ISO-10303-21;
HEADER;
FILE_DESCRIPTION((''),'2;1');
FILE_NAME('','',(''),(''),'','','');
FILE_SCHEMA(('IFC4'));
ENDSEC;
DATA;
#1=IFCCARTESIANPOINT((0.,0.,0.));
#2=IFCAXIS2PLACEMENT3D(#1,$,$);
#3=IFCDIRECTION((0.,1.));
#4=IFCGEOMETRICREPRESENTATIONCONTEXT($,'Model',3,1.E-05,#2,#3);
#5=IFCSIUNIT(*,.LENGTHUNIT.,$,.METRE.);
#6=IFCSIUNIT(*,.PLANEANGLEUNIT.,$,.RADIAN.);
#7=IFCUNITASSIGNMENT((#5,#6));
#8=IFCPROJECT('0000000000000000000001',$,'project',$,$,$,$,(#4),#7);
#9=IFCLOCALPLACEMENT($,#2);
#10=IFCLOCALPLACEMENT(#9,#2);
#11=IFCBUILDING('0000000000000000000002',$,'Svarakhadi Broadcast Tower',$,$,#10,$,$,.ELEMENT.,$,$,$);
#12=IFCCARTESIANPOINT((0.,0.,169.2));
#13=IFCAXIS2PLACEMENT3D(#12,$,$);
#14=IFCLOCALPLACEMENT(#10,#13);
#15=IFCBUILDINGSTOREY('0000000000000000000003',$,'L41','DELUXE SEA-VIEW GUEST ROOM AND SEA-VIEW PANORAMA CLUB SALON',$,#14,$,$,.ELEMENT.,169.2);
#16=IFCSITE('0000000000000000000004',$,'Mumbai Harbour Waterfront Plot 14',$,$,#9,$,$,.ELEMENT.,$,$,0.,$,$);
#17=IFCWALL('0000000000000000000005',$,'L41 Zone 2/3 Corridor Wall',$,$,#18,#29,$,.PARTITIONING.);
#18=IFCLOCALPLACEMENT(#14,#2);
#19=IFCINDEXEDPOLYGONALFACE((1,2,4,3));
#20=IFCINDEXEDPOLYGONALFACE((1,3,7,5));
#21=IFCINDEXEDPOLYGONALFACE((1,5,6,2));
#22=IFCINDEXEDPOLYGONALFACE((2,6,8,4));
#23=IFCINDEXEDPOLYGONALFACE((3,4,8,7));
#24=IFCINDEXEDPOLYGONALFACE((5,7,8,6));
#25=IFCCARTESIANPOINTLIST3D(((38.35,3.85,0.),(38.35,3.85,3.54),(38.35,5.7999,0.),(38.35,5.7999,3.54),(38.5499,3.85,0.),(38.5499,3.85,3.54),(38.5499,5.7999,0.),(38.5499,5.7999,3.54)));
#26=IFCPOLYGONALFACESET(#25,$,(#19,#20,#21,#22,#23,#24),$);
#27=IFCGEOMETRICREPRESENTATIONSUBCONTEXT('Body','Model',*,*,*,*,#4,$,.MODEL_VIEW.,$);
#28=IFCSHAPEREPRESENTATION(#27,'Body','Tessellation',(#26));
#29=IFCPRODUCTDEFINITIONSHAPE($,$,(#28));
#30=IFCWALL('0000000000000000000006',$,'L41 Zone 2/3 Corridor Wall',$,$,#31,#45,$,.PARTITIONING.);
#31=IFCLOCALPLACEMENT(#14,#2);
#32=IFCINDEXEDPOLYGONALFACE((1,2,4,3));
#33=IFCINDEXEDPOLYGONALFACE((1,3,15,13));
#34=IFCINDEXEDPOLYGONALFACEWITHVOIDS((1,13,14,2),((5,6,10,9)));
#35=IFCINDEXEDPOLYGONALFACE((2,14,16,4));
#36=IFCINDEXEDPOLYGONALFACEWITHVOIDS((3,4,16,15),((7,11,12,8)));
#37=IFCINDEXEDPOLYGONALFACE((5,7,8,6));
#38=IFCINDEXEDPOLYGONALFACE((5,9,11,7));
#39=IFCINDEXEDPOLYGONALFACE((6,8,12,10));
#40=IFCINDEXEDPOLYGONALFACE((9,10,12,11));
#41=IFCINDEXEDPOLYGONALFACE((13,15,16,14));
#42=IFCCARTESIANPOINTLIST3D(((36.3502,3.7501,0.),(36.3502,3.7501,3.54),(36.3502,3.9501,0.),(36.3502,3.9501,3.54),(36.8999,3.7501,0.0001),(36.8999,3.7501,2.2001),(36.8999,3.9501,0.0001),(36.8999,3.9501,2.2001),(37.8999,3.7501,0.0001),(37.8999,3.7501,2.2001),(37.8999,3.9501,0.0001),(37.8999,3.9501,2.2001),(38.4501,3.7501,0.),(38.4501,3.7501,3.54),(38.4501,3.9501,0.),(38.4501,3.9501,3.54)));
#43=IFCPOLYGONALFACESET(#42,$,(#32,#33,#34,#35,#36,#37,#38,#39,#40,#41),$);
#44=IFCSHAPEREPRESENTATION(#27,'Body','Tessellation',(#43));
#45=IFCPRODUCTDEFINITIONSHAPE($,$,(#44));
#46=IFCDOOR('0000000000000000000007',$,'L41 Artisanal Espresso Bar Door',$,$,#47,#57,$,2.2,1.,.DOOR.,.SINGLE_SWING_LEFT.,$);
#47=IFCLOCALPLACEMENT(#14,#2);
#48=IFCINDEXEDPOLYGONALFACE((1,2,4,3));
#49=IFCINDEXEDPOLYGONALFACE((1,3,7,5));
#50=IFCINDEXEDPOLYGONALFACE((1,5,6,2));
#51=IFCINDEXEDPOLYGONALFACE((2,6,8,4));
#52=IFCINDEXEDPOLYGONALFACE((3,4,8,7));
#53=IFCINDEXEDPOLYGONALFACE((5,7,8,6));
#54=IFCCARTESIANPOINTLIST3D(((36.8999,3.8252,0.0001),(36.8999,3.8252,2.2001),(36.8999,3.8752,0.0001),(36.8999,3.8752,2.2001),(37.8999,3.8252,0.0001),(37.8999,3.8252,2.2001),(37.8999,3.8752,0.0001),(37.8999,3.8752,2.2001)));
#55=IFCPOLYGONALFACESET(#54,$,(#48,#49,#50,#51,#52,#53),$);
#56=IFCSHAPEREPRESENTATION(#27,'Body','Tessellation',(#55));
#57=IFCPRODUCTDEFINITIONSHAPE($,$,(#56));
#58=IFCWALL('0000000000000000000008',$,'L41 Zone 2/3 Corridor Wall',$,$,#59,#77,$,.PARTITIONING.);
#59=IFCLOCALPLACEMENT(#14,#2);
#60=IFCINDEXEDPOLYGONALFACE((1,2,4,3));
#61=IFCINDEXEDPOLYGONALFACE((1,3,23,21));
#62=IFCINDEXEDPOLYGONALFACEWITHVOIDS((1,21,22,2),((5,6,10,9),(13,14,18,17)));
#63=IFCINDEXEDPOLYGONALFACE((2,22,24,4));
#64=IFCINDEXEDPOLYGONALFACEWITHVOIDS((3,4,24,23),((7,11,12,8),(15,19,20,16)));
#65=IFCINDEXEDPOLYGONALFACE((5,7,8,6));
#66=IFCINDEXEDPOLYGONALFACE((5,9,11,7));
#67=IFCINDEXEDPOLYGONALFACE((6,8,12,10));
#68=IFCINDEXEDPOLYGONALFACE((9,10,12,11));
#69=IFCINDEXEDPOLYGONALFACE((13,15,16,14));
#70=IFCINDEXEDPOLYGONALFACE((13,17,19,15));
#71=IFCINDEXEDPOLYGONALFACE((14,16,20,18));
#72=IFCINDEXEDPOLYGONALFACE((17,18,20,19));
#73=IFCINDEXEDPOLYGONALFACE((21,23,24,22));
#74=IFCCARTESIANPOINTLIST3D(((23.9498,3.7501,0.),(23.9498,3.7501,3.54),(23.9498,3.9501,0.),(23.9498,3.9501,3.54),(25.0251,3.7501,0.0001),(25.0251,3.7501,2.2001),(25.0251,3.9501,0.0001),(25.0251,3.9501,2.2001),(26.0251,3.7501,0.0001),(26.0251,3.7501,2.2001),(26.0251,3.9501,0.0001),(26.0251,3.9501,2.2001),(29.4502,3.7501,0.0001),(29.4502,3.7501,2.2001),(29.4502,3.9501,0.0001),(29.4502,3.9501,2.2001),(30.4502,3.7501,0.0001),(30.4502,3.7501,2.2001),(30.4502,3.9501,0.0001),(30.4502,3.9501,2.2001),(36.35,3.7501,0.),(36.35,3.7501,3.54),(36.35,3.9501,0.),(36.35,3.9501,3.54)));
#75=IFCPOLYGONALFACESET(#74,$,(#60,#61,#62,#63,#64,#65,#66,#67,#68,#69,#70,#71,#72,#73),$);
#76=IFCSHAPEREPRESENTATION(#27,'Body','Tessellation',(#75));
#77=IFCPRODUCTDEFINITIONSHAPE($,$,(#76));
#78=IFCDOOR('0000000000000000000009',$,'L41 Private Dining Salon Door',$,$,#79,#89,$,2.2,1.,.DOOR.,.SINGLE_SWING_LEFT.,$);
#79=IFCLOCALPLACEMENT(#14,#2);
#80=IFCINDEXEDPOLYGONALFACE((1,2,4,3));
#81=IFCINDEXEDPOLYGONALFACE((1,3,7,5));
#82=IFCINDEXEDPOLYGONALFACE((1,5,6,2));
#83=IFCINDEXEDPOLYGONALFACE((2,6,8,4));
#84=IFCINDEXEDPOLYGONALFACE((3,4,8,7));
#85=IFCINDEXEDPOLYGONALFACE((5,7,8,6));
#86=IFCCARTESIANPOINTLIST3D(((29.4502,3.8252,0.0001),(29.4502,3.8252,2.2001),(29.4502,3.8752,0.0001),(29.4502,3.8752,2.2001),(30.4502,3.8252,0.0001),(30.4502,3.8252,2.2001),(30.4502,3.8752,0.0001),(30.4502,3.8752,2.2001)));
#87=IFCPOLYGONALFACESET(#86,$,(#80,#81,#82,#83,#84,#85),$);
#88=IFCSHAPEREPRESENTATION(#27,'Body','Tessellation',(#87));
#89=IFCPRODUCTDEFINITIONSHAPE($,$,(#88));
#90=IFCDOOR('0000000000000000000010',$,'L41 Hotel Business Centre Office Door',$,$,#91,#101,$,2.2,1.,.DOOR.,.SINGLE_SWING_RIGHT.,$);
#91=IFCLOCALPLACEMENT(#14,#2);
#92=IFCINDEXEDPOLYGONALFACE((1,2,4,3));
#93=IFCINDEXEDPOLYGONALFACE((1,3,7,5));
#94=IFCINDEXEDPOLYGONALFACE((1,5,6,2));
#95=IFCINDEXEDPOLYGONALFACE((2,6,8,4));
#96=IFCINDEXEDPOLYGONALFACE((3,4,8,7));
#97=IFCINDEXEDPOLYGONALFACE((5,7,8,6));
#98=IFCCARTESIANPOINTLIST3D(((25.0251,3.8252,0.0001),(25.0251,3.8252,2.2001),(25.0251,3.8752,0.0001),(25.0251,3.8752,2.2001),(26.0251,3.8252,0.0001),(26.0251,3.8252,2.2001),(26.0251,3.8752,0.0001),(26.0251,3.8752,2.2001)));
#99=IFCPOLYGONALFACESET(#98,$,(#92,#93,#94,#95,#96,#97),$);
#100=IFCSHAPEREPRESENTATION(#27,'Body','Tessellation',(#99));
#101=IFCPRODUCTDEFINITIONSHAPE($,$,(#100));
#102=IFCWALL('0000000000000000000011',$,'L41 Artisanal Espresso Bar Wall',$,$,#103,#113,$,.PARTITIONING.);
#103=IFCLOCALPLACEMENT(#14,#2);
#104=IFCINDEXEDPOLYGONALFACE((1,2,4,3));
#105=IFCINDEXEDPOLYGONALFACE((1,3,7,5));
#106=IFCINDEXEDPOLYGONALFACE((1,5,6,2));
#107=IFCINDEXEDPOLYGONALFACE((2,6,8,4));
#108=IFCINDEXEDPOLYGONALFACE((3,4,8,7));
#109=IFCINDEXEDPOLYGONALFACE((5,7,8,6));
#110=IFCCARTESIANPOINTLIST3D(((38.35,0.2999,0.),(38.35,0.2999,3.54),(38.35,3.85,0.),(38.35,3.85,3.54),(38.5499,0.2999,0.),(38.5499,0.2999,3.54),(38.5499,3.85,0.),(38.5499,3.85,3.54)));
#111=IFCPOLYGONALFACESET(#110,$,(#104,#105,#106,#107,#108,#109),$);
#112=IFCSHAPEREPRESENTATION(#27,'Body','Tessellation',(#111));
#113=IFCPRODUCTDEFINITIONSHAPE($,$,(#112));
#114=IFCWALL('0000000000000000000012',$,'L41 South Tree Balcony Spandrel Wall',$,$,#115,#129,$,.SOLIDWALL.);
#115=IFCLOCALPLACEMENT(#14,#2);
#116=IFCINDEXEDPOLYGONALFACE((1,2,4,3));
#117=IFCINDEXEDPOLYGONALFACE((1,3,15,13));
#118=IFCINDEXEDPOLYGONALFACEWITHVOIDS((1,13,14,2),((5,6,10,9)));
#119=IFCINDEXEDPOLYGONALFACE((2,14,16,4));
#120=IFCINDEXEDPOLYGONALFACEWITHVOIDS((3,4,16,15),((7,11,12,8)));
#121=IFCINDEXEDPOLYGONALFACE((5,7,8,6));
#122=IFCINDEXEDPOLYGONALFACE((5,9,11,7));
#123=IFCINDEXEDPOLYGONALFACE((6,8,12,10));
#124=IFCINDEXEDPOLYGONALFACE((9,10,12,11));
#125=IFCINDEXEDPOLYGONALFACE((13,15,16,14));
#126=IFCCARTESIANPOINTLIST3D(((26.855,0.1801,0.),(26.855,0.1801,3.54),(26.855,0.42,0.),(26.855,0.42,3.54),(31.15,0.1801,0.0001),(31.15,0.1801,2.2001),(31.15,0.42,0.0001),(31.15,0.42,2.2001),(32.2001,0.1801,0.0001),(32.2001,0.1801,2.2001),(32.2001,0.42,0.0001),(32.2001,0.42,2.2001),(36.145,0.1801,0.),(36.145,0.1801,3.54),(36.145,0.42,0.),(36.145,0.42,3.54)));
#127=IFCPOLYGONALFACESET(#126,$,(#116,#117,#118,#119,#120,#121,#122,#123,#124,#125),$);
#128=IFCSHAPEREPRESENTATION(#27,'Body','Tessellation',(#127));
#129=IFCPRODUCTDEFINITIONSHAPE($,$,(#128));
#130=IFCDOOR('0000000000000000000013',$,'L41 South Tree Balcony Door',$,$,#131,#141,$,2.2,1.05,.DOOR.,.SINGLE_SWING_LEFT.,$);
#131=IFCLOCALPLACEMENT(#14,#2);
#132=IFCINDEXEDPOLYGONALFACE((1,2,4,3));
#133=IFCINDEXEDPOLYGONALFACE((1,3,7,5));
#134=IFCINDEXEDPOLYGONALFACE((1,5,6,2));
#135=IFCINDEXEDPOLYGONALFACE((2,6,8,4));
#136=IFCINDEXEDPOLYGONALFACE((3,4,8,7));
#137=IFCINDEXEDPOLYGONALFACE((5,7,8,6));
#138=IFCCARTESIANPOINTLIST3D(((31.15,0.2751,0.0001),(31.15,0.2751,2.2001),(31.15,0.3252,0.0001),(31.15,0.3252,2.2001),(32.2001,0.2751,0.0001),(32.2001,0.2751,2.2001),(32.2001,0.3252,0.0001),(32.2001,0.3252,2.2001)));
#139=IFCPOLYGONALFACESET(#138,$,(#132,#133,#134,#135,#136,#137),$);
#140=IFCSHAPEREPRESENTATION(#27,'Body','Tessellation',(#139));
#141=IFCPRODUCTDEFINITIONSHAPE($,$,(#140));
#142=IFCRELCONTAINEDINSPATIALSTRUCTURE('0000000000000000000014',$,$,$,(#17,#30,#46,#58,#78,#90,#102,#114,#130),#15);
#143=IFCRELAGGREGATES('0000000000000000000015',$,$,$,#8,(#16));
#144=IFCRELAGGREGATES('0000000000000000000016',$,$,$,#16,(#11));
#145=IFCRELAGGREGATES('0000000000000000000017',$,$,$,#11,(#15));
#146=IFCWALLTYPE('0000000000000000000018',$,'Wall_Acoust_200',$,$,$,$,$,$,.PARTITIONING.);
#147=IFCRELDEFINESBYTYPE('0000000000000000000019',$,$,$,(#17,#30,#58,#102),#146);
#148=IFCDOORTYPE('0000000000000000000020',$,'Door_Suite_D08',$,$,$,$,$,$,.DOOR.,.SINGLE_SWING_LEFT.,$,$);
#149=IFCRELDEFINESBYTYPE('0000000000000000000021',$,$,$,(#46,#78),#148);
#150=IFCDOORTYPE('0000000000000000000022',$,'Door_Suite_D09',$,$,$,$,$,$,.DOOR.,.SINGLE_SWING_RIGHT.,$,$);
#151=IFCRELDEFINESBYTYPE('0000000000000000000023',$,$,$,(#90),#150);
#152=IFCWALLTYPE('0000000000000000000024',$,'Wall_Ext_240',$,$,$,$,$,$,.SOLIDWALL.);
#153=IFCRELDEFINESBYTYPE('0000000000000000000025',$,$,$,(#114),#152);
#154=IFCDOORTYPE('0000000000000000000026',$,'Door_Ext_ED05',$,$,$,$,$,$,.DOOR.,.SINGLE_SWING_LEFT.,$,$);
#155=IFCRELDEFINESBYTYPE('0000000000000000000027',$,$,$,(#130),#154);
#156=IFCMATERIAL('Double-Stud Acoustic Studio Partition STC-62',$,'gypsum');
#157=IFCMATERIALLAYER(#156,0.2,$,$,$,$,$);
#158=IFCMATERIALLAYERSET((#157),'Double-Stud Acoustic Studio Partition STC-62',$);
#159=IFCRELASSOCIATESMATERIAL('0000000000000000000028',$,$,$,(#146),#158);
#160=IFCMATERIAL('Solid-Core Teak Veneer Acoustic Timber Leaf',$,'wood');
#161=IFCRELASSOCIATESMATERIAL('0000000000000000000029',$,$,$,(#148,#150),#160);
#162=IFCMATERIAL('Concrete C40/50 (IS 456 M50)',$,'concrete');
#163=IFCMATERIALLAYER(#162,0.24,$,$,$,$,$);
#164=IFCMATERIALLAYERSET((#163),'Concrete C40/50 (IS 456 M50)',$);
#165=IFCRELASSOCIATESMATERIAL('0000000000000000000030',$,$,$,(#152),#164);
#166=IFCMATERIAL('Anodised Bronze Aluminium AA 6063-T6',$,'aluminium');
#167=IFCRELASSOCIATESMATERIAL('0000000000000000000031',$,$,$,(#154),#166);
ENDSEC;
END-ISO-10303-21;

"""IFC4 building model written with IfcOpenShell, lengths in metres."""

from ifc_helpers import new_model, si_unit, direction, frame, frame_2d, origin, place, context, subcontext, project, spatial, rectangle, extrude, material, layer, layer_set, type_object, element, fill, save


model = new_model("IFC4")

# Units and contexts
model_context = context("Model", 3, precision=1e-05, world=origin(), true_north=direction((0.0, 1.0)))
body_context = subcontext(model_context, "Body", "Model", "MODEL_VIEW")
ifc_project = project(units=[si_unit("LENGTHUNIT", "METRE"), si_unit("PLANEANGLEUNIT", "RADIAN")], contexts=[model_context])

# Site, building, storey
site_placement = place(None, origin())
site = spatial("IfcSite", under=ifc_project, at=site_placement, Name="Mumbai Harbour Waterfront Plot 14", CompositionType="ELEMENT", RefElevation=0.0)
building_placement = place(site_placement, origin())
building = spatial("IfcBuilding", under=site, at=building_placement, Name="Svarakhadi Broadcast Tower", CompositionType="ELEMENT")
storey_placement = place(building_placement, frame((0.0, 0.0, 169.2)))
storey = spatial("IfcBuildingStorey", under=building, at=storey_placement, Name="L41", Description="DELUXE SEA-VIEW GUEST ROOM AND SEA-VIEW PANORAMA CLUB SALON", CompositionType="ELEMENT", Elevation=169.2)

# Shared definitions
ifc_material_1 = material(Name="Anodised Bronze Aluminium AA 6063-T6", Category="aluminium")

# Shared definitions
ifc_material_2 = material(Name="Double-Stud Acoustic Studio Partition STC-62", Category="gypsum")
ifc_layer_1 = layer(ifc_material_2, 0.2)
ifc_layer_set_1 = layer_set([ifc_layer_1], Name="Double-Stud Acoustic Studio Partition STC-62")
wall_type_1 = type_object("IfcWallType", Name="Wall_Acoust_200", PredefinedType="PARTITIONING", material=ifc_layer_set_1)
ifc_material_3 = material(Name="Solid-Core Teak Veneer Acoustic Timber Leaf", Category="wood")
door_type_1 = type_object("IfcDoorType", Name="Door_Suite_D08", OperationType="SINGLE_SWING_LEFT", PredefinedType="DOOR", material=ifc_material_3)
door_type_2 = type_object("IfcDoorType", Name="Door_Suite_D09", OperationType="SINGLE_SWING_RIGHT", PredefinedType="DOOR", material=ifc_material_3)

# Wall
wall_1_placement = place(storey_placement, frame((38.45, 5.8, 0.0), z_axis=(0.0, 0.0, 1.0), x_axis=(0.0, -1.0, 0.0)))
element("IfcWall", 1, at=wall_1_placement, inside=storey, type_object=wall_type_1, Name="L41 Zone 2/3 Corridor Wall", PredefinedType="PARTITIONING", context=body_context, shape_type="SweptSolid", body=[
    extrude(rectangle(XDim=1.95, YDim=0.2, at=frame_2d((0.9751, 0.0))), origin(), (0.0, 0.0, 1.0), 3.54),
])

# Wall, opening, door
wall_2_placement = place(storey_placement, frame((38.45, 3.8501, 0.0), z_axis=(0.0, 0.0, 1.0), x_axis=(-1.0, 0.0, 0.0)))
wall_2 = element("IfcWall", 2, at=wall_2_placement, inside=storey, type_object=wall_type_1, Name="L41 Zone 2/3 Corridor Wall", PredefinedType="PARTITIONING", context=body_context, shape_type="SweptSolid", body=[
    extrude(rectangle(XDim=2.0999, YDim=0.2, at=frame_2d((1.0498, 0.0))), origin(), (0.0, 0.0, 1.0), 3.54),
])
opening_1_placement = place(wall_2_placement, frame((0.55, 0.0, 0.0)))
opening_1 = element("IfcOpeningElement", 3, at=opening_1_placement, cuts=wall_2, PredefinedType="OPENING", context=body_context, shape_type="SweptSolid", body=[
    extrude(rectangle(XDim=1.0, YDim=2.2, at=frame_2d((0.5, 1.1001))), frame((0.0, 0.1099, 0.0), z_axis=(0.0, -1.0, 0.0), x_axis=(1.0, 0.0, 0.0)), (0.0, 0.0, 1.0), 0.22),
])
door_1_placement = place(opening_1_placement, origin())
door_1 = element("IfcDoor", 4, at=door_1_placement, inside=storey, type_object=door_type_1, Name="L41 Artisanal Espresso Bar Door", OperationType="SINGLE_SWING_LEFT", OverallHeight=2.2, OverallWidth=1.0, PredefinedType="DOOR", context=body_context, shape_type="SweptSolid", body=[
    extrude(rectangle(XDim=1.0, YDim=2.2, at=frame_2d((0.5, 1.1001))), frame((0.0, 0.0249, 0.0), z_axis=(0.0, -1.0, 0.0), x_axis=(1.0, 0.0, 0.0)), (0.0, 0.0, 1.0), 0.05),
])
fill(opening_1, door_1)

# Wall, openings, doors
wall_3_placement = place(storey_placement, frame((36.3501, 3.8501, 0.0), z_axis=(0.0, 0.0, 1.0), x_axis=(-1.0, 0.0, 0.0)))
wall_3 = element("IfcWall", 5, at=wall_3_placement, inside=storey, type_object=wall_type_1, Name="L41 Zone 2/3 Corridor Wall", PredefinedType="PARTITIONING", context=body_context, shape_type="SweptSolid", body=[
    extrude(rectangle(XDim=12.4001, YDim=0.2, at=frame_2d((6.2002, 0.0))), origin(), (0.0, 0.0, 1.0), 3.54),
])
opening_2_placement = place(wall_3_placement, frame((10.325, 0.0, 0.0)))
opening_2 = element("IfcOpeningElement", 6, at=opening_2_placement, cuts=wall_3, PredefinedType="OPENING", context=body_context, shape_type="SweptSolid", body=[
    extrude(rectangle(XDim=1.0, YDim=2.2, at=frame_2d((0.5, 1.1001))), frame((0.0, 0.1099, 0.0), z_axis=(0.0, -1.0, 0.0), x_axis=(1.0, 0.0, 0.0)), (0.0, 0.0, 1.0), 0.22),
])
opening_3_placement = place(wall_3_placement, frame((5.8999, 0.0, 0.0)))
opening_3 = element("IfcOpeningElement", 7, at=opening_3_placement, cuts=wall_3, PredefinedType="OPENING", context=body_context, shape_type="SweptSolid", body=[
    extrude(rectangle(XDim=1.0, YDim=2.2, at=frame_2d((0.5, 1.1001))), frame((0.0, 0.1099, 0.0), z_axis=(0.0, -1.0, 0.0), x_axis=(1.0, 0.0, 0.0)), (0.0, 0.0, 1.0), 0.22),
])
door_2_placement = place(opening_3_placement, origin())
door_2 = element("IfcDoor", 8, at=door_2_placement, inside=storey, type_object=door_type_1, Name="L41 Private Dining Salon Door", OperationType="SINGLE_SWING_LEFT", OverallHeight=2.2, OverallWidth=1.0, PredefinedType="DOOR", context=body_context, shape_type="SweptSolid", body=[
    extrude(rectangle(XDim=1.0, YDim=2.2, at=frame_2d((0.5, 1.1001))), frame((0.0, 0.0249, 0.0), z_axis=(0.0, -1.0, 0.0), x_axis=(1.0, 0.0, 0.0)), (0.0, 0.0, 1.0), 0.05),
])
fill(opening_3, door_2)
door_3_placement = place(opening_2_placement, origin())
door_3 = element("IfcDoor", 9, at=door_3_placement, inside=storey, type_object=door_type_2, Name="L41 Hotel Business Centre Office Door", OperationType="SINGLE_SWING_RIGHT", OverallHeight=2.2, OverallWidth=1.0, PredefinedType="DOOR", context=body_context, shape_type="SweptSolid", body=[
    extrude(rectangle(XDim=1.0, YDim=2.2, at=frame_2d((0.5, 1.1001))), frame((0.0, 0.0249, 0.0), z_axis=(0.0, -1.0, 0.0), x_axis=(1.0, 0.0, 0.0)), (0.0, 0.0, 1.0), 0.05),
])
fill(opening_2, door_3)

# Wall
wall_4_placement = place(storey_placement, frame((38.45, 0.3, 0.0), z_axis=(0.0, 0.0, 1.0), x_axis=(0.0, 1.0, 0.0)))
element("IfcWall", 10, at=wall_4_placement, inside=storey, type_object=wall_type_1, Name="L41 Artisanal Espresso Bar Wall", PredefinedType="PARTITIONING", context=body_context, shape_type="SweptSolid", body=[
    extrude(rectangle(XDim=3.55, YDim=0.2, at=frame_2d((1.7749, 0.0))), origin(), (0.0, 0.0, 1.0), 3.54),
])

# Wall, opening, door
ifc_material_4 = material(Name="Concrete C40/50 (IS 456 M50)", Category="concrete")
ifc_layer_2 = layer(ifc_material_4, 0.24)
ifc_layer_set_2 = layer_set([ifc_layer_2], Name="Concrete C40/50 (IS 456 M50)")
wall_type_2 = type_object("IfcWallType", Name="Wall_Ext_240", PredefinedType="SOLIDWALL", material=ifc_layer_set_2)
wall_5_placement = place(storey_placement, frame((36.145, 0.3, 0.0), z_axis=(0.0, 0.0, 1.0), x_axis=(-1.0, 0.0, 0.0)))
wall_5 = element("IfcWall", 11, at=wall_5_placement, inside=storey, type_object=wall_type_2, Name="L41 South Tree Balcony Spandrel Wall", PredefinedType="SOLIDWALL", context=body_context, shape_type="SweptSolid", body=[
    extrude(rectangle(XDim=9.29, YDim=0.24, at=frame_2d((4.645, 0.0))), origin(), (0.0, 0.0, 1.0), 3.54),
])
opening_4_placement = place(wall_5_placement, frame((3.9451, 0.0, 0.0)))
opening_4 = element("IfcOpeningElement", 12, at=opening_4_placement, cuts=wall_5, PredefinedType="OPENING", context=body_context, shape_type="SweptSolid", body=[
    extrude(rectangle(XDim=1.05, YDim=2.2, at=frame_2d((0.5249, 1.1001))), frame((0.0, 0.1299, 0.0), z_axis=(0.0, -1.0, 0.0), x_axis=(1.0, 0.0, 0.0)), (0.0, 0.0, 1.0), 0.26),
])
door_type_3 = type_object("IfcDoorType", Name="Door_Ext_ED05", OperationType="SINGLE_SWING_LEFT", PredefinedType="DOOR", material=ifc_material_1)
door_4_placement = place(opening_4_placement, origin())
door_4 = element("IfcDoor", 13, at=door_4_placement, inside=storey, type_object=door_type_3, Name="L41 South Tree Balcony Door", OperationType="SINGLE_SWING_LEFT", OverallHeight=2.2, OverallWidth=1.05, PredefinedType="DOOR", context=body_context, shape_type="SweptSolid", body=[
    extrude(rectangle(XDim=1.05, YDim=2.2, at=frame_2d((0.5249, 1.1001))), frame((0.0, 0.0249, 0.0), z_axis=(0.0, -1.0, 0.0), x_axis=(1.0, 0.0, 0.0)), (0.0, 0.0, 1.0), 0.05),
])
fill(opening_4, door_4)

save(model, "model.ifc")
